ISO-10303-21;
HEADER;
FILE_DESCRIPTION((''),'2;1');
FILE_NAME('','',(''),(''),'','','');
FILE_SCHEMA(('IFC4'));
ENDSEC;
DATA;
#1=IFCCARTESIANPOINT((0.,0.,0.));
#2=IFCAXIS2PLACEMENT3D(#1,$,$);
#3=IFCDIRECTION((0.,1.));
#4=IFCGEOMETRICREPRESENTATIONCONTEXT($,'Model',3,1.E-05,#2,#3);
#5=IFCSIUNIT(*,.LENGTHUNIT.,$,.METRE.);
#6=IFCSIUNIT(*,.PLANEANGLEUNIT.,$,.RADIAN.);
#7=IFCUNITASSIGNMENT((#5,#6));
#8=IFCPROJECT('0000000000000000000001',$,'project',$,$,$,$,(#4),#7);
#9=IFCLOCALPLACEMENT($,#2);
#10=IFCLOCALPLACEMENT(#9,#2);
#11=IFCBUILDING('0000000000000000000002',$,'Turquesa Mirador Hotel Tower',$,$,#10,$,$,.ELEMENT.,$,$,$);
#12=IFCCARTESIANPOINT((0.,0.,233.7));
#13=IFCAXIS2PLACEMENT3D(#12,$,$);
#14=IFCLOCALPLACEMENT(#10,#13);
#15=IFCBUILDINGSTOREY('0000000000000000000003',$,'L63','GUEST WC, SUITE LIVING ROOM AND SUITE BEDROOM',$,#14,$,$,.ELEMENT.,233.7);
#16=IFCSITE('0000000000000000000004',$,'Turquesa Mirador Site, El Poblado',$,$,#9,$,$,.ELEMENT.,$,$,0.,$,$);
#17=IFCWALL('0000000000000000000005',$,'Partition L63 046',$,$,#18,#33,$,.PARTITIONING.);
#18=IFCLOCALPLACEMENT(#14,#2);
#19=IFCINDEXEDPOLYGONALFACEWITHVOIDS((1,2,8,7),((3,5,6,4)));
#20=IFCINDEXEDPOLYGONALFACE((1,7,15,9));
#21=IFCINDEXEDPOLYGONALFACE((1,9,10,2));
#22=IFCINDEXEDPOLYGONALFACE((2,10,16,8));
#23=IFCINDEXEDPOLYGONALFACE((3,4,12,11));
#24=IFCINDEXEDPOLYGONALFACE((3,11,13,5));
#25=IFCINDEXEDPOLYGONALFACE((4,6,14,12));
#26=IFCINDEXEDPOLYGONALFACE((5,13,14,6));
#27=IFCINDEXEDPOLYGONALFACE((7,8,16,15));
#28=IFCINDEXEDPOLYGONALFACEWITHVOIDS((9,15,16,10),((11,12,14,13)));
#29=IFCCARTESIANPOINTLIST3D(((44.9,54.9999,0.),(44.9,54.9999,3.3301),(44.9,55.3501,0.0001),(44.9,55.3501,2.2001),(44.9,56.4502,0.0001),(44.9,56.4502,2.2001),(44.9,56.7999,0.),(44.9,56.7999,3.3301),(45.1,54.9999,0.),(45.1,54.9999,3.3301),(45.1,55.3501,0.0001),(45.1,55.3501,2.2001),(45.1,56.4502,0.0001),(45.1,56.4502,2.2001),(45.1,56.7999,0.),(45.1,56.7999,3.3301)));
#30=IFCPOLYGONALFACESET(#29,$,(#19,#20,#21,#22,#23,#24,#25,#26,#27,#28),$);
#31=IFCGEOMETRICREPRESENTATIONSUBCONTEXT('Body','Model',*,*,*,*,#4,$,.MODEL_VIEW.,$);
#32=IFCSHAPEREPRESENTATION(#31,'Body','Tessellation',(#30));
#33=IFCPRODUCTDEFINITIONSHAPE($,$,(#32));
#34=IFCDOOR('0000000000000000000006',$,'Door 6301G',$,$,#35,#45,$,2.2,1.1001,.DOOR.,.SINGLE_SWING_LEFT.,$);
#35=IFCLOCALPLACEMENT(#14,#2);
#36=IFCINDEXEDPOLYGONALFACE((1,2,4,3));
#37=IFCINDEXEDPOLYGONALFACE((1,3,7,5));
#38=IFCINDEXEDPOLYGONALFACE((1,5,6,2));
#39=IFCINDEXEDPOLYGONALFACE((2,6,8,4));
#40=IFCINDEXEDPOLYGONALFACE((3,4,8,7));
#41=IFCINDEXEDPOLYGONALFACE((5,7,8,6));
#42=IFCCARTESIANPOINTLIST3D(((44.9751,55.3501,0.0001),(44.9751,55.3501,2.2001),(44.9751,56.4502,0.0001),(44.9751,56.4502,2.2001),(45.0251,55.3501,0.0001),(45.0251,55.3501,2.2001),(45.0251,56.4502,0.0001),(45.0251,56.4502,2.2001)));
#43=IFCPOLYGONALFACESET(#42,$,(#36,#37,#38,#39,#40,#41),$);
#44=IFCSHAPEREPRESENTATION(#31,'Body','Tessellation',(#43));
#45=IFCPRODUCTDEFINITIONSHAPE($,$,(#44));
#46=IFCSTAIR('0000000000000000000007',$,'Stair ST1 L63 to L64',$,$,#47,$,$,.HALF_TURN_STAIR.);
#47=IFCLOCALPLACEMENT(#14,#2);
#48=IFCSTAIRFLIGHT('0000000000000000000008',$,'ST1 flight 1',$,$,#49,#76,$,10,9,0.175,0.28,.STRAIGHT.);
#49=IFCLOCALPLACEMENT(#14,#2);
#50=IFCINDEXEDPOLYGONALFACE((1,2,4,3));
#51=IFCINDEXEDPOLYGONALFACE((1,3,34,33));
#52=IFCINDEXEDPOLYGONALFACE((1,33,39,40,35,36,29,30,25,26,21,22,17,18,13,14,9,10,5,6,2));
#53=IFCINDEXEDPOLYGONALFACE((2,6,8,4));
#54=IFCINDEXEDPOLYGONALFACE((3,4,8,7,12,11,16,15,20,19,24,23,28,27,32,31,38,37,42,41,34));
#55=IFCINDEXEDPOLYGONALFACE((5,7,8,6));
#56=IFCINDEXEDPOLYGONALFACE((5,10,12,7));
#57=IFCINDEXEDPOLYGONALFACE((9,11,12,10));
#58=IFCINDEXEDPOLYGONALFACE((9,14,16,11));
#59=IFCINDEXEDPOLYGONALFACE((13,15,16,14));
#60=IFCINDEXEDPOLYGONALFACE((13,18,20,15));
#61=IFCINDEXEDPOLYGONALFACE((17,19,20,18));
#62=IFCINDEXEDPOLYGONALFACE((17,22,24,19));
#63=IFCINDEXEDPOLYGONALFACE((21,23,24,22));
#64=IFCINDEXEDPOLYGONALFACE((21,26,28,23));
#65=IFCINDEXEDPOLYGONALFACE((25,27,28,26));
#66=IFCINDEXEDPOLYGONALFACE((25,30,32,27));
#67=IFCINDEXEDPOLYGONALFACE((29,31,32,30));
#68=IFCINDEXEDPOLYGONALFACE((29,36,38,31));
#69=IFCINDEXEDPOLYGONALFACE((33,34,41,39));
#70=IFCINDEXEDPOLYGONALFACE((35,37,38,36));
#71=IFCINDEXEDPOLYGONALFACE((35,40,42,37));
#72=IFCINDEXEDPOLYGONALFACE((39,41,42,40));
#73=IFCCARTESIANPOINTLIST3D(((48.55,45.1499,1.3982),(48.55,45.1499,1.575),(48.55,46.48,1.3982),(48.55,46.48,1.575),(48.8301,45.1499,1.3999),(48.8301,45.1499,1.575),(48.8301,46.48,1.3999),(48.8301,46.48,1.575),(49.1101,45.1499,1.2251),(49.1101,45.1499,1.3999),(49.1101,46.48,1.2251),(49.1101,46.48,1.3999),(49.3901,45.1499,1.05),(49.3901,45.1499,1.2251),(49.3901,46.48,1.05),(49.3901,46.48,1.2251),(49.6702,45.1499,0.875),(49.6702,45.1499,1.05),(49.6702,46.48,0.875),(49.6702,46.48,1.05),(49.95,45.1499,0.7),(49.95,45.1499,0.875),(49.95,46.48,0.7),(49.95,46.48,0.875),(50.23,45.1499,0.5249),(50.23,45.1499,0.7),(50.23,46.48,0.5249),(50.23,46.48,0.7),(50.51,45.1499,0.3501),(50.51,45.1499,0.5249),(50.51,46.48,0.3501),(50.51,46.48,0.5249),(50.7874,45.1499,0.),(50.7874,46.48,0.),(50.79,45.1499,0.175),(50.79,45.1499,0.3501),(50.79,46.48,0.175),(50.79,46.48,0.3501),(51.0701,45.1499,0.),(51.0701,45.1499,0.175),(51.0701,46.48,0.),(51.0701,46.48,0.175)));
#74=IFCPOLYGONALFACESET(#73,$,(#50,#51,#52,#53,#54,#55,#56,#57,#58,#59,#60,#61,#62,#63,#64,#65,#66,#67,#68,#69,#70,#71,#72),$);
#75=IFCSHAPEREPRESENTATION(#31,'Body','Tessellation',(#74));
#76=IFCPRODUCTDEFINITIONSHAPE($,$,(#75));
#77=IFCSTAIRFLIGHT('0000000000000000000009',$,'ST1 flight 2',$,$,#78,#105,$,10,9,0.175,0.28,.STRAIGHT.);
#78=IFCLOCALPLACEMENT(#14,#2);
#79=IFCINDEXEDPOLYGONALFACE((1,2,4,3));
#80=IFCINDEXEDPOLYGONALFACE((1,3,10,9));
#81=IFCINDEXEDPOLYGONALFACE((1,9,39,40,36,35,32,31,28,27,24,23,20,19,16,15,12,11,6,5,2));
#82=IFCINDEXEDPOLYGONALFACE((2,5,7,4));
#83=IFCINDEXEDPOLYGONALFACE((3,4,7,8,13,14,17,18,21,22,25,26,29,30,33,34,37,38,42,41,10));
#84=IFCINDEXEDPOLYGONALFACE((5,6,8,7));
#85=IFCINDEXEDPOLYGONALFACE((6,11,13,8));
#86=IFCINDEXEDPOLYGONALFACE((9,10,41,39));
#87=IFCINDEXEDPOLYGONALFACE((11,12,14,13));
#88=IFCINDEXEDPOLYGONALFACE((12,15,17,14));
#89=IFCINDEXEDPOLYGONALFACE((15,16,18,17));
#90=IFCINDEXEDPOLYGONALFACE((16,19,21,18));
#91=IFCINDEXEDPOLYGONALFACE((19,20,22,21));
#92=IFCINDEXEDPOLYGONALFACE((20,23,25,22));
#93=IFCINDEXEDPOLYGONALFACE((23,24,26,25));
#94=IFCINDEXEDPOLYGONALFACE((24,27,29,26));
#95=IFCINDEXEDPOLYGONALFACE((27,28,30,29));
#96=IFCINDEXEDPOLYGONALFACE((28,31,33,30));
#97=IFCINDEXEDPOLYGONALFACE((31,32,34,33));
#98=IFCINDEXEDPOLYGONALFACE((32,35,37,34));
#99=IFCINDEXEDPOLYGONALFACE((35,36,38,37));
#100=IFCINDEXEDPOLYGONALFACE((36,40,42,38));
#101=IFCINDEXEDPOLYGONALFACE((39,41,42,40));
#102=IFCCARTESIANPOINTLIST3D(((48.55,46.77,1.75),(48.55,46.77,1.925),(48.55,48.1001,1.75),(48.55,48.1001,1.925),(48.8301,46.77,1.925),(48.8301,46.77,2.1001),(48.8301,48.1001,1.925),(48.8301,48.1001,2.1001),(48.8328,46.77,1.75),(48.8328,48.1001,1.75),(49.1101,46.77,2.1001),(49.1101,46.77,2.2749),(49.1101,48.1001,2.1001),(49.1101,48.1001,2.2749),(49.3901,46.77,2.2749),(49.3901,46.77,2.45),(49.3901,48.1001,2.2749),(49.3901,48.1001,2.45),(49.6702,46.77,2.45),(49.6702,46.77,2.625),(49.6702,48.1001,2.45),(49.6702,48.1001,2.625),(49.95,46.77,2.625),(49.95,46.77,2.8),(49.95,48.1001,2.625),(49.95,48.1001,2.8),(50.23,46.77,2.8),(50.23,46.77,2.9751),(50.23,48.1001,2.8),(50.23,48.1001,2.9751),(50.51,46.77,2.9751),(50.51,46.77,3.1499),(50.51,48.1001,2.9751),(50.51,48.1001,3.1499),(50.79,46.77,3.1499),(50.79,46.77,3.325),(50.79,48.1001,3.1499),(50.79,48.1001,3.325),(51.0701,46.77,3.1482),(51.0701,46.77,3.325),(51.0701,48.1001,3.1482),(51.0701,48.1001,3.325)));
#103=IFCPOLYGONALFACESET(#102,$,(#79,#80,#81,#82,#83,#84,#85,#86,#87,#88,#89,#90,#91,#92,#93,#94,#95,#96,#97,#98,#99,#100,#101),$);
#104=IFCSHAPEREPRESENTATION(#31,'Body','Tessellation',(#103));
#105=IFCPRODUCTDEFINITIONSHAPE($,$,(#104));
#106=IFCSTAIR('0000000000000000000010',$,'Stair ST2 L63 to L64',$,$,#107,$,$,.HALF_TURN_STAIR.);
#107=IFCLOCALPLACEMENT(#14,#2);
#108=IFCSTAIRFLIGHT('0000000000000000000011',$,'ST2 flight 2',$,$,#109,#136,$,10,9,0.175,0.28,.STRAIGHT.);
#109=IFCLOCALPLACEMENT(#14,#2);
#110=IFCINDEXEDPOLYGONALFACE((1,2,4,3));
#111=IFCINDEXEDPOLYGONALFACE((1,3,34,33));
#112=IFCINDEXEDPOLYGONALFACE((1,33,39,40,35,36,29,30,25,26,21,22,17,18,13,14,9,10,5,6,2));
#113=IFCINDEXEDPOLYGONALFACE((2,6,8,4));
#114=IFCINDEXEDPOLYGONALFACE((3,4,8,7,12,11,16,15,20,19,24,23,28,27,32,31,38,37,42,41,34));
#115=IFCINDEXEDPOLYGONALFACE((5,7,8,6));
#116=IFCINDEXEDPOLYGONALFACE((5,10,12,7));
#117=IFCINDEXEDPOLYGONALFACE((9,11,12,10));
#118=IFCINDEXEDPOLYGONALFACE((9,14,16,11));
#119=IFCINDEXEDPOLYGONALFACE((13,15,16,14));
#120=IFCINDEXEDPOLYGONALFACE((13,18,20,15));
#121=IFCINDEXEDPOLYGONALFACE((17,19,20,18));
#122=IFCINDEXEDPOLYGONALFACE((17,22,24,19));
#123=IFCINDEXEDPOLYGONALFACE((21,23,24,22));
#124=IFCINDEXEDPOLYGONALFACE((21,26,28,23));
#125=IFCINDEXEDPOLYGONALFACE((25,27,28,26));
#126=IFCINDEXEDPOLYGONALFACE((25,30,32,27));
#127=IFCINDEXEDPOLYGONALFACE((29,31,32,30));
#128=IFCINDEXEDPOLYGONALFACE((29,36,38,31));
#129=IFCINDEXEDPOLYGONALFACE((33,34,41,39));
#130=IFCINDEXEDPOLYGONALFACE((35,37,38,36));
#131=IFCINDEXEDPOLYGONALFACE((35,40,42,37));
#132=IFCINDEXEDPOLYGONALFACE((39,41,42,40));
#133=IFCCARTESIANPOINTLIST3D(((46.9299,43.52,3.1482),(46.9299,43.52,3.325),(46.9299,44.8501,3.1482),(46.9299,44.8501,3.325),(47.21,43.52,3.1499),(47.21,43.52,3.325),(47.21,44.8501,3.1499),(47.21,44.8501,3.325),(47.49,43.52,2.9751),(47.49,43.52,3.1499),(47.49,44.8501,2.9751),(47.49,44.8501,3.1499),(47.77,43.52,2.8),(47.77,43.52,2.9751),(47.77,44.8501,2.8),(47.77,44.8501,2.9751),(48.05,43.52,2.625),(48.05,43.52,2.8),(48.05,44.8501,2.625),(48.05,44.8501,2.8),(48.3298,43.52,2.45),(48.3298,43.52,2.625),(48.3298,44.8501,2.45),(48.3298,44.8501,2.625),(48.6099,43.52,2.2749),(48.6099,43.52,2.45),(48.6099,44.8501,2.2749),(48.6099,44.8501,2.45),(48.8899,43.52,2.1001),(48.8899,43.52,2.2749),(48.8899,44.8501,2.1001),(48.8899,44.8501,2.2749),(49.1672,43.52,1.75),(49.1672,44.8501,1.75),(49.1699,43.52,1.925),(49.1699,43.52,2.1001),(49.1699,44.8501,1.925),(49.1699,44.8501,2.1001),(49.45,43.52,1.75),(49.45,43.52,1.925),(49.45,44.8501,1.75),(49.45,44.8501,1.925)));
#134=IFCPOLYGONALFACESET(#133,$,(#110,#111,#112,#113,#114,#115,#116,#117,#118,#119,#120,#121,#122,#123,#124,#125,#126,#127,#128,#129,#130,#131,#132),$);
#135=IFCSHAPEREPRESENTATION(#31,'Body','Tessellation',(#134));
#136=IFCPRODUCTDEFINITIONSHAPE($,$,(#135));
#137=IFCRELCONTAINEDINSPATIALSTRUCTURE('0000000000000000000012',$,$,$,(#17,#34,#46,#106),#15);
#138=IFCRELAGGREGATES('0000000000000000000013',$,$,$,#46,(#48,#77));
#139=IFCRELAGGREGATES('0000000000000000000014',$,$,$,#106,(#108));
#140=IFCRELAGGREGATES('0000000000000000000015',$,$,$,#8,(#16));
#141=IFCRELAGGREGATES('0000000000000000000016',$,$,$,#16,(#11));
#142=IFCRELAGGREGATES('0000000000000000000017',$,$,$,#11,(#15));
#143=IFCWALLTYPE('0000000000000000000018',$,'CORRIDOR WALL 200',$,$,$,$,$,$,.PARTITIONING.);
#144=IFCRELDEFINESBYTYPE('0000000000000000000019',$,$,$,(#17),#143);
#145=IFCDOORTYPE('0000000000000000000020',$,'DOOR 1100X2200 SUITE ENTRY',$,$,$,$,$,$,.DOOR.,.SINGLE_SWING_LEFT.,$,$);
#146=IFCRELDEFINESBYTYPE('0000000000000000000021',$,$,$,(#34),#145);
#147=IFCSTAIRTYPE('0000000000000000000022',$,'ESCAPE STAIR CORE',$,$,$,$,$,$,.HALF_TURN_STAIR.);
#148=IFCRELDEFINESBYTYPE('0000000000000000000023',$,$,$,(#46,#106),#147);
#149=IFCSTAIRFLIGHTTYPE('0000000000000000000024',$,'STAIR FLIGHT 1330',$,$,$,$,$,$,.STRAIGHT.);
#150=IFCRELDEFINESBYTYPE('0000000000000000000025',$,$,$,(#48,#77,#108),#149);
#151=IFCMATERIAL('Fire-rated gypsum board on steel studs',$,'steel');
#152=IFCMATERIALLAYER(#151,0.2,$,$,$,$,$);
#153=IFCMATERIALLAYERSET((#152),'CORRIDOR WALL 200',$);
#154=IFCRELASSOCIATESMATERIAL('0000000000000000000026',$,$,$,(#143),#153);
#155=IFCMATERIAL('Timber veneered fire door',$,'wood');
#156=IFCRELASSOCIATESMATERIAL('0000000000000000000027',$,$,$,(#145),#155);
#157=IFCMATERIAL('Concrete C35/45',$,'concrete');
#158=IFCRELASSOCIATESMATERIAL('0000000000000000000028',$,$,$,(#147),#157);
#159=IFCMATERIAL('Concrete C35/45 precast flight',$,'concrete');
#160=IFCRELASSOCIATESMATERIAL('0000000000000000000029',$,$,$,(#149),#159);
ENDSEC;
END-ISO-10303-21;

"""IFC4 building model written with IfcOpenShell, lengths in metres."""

from ifc_helpers import new_model, si_unit, direction, frame, frame_2d, origin, place, context, subcontext, project, spatial, polyline, rectangle, outline, extrude, material, layer, layer_set, type_object, element, fill, aggregate, save


model = new_model("IFC4")

# Units and contexts
model_context = context("Model", 3, precision=1e-05, world=origin(), true_north=direction((0.0, 1.0)))
body_context = subcontext(model_context, "Body", "Model", "MODEL_VIEW")
ifc_project = project(units=[si_unit("LENGTHUNIT", "METRE"), si_unit("PLANEANGLEUNIT", "RADIAN")], contexts=[model_context])

# Site, building, storey
site_placement = place(None, origin())
site = spatial("IfcSite", under=ifc_project, at=site_placement, Name="Turquesa Mirador Site, El Poblado", CompositionType="ELEMENT", RefElevation=0.0)
building_placement = place(site_placement, origin())
building = spatial("IfcBuilding", under=site, at=building_placement, Name="Turquesa Mirador Hotel Tower", CompositionType="ELEMENT")
storey_placement = place(building_placement, frame((0.0, 0.0, 233.7)))
storey = spatial("IfcBuildingStorey", under=building, at=storey_placement, Name="L63", Description="GUEST WC, SUITE LIVING ROOM AND SUITE BEDROOM", CompositionType="ELEMENT", Elevation=233.7)

# Wall, opening, door
ifc_material_1 = material(Name="Fire-rated gypsum board on steel studs", Category="steel")
ifc_layer_1 = layer(ifc_material_1, 0.2)
ifc_layer_set_1 = layer_set([ifc_layer_1], Name="CORRIDOR WALL 200")
wall_type_1 = type_object("IfcWallType", Name="CORRIDOR WALL 200", PredefinedType="PARTITIONING", material=ifc_layer_set_1)
wall_1_placement = place(storey_placement, frame((45.0, 55.0, 0.0), z_axis=(0.0, 0.0, 1.0), x_axis=(0.0, 1.0, 0.0)))
wall_1 = element("IfcWall", 1, at=wall_1_placement, inside=storey, type_object=wall_type_1, Name="Partition L63 046", PredefinedType="PARTITIONING", context=body_context, shape_type="SweptSolid", body=[
    extrude(rectangle(XDim=1.8, YDim=0.2, at=frame_2d((0.8999, 0.0))), origin(), (0.0, 0.0, 1.0), 3.3301),
])
opening_1_placement = place(wall_1_placement, frame((0.3501, 0.0, 0.0)))
opening_1 = element("IfcOpeningElement", 2, at=opening_1_placement, cuts=wall_1, PredefinedType="OPENING", context=body_context, shape_type="SweptSolid", body=[
    extrude(rectangle(XDim=1.1001, YDim=2.2, at=frame_2d((0.55, 1.1001))), frame((0.0, 0.1099, 0.0), z_axis=(0.0, -1.0, 0.0), x_axis=(1.0, 0.0, 0.0)), (0.0, 0.0, 1.0), 0.22),
])
ifc_material_2 = material(Name="Timber veneered fire door", Category="wood")
door_type_1 = type_object("IfcDoorType", Name="DOOR 1100X2200 SUITE ENTRY", OperationType="SINGLE_SWING_LEFT", PredefinedType="DOOR", material=ifc_material_2)
door_1_placement = place(opening_1_placement, origin())
door_1 = element("IfcDoor", 3, at=door_1_placement, inside=storey, type_object=door_type_1, Name="Door 6301G", OperationType="SINGLE_SWING_LEFT", OverallHeight=2.2, OverallWidth=1.1001, PredefinedType="DOOR", context=body_context, shape_type="SweptSolid", body=[
    extrude(rectangle(XDim=1.1001, YDim=2.2, at=frame_2d((0.55, 1.1001))), frame((0.0, 0.0249, 0.0), z_axis=(0.0, -1.0, 0.0), x_axis=(1.0, 0.0, 0.0)), (0.0, 0.0, 1.0), 0.05),
])
fill(opening_1, door_1)

# Stair, stair flights
ifc_material_3 = material(Name="Concrete C35/45", Category="concrete")
stair_type = type_object("IfcStairType", Name="ESCAPE STAIR CORE", PredefinedType="HALF_TURN_STAIR", material=ifc_material_3)
stair_1_placement = place(storey_placement, origin())
stair_1 = element("IfcStair", 4, at=stair_1_placement, inside=storey, type_object=stair_type, Name="Stair ST1 L63 to L64", PredefinedType="HALF_TURN_STAIR")
ifc_material_4 = material(Name="Concrete C35/45 precast flight", Category="concrete")
stair_flight_type = type_object("IfcStairFlightType", Name="STAIR FLIGHT 1330", PredefinedType="STRAIGHT", material=ifc_material_4)
stair_flight_1_placement = place(storey_placement, frame((51.0701, 45.8149, 0.0), z_axis=(0.0, 0.0, 1.0), x_axis=(-1.0, 0.0, 0.0)))
stair_flight_1 = element("IfcStairFlight", 5, at=stair_flight_1_placement, type_object=stair_flight_type, Name="ST1 flight 1", NumberOfRisers=10, NumberOfTreads=9, PredefinedType="STRAIGHT", RiserHeight=0.175, TreadLength=0.28, context=body_context, shape_type="SweptSolid", body=[
    extrude(outline(polyline([(0.0, 0.0), (0.0, 0.175), (0.28, 0.175), (0.28, 0.3501), (0.5601, 0.3501), (0.5601, 0.5249), (0.8401, 0.5249), (0.8401, 0.7), (1.1201, 0.7), (1.1201, 0.875), (1.3999, 0.875), (1.3999, 1.05), (1.6799, 1.05), (1.6799, 1.2251), (1.96, 1.2251), (1.96, 1.3999), (2.24, 1.3999), (2.24, 1.575), (2.52, 1.575), (2.52, 1.75), (2.52, 1.3982), (0.2827, 0.0), (0.0, 0.0)])), frame((0.0, 0.665, 0.0), z_axis=(0.0, -1.0, 0.0), x_axis=(1.0, 0.0, 0.0)), (0.0, 0.0, 1.0), 1.3301),
])
stair_flight_2_placement = place(storey_placement, frame((48.55, 47.4351, 1.75), z_axis=(0.0, 0.0, 1.0), x_axis=(1.0, 0.0, 0.0)))
stair_flight_2 = element("IfcStairFlight", 6, at=stair_flight_2_placement, type_object=stair_flight_type, Name="ST1 flight 2", NumberOfRisers=10, NumberOfTreads=9, PredefinedType="STRAIGHT", RiserHeight=0.175, TreadLength=0.28, context=body_context, shape_type="SweptSolid", body=[
    extrude(outline(polyline([(0.0, 0.0), (0.0, 0.175), (0.28, 0.175), (0.28, 0.3501), (0.5601, 0.3501), (0.5601, 0.5249), (0.8401, 0.5249), (0.8401, 0.7), (1.1201, 0.7), (1.1201, 0.875), (1.3999, 0.875), (1.3999, 1.05), (1.6799, 1.05), (1.6799, 1.2251), (1.96, 1.2251), (1.96, 1.3999), (2.24, 1.3999), (2.24, 1.575), (2.52, 1.575), (2.52, 1.75), (2.52, 1.3982), (0.2827, 0.0), (0.0, 0.0)])), frame((0.0, 0.665, 0.0), z_axis=(0.0, -1.0, 0.0), x_axis=(1.0, 0.0, 0.0)), (0.0, 0.0, 1.0), 1.3301),
])
aggregate(stair_1, [stair_flight_1, stair_flight_2])

# Stair, stair flight
stair_2_placement = place(storey_placement, origin())
stair_2 = element("IfcStair", 7, at=stair_2_placement, inside=storey, type_object=stair_type, Name="Stair ST2 L63 to L64", PredefinedType="HALF_TURN_STAIR")
stair_flight_3_placement = place(storey_placement, frame((49.45, 44.1851, 1.75), z_axis=(0.0, 0.0, 1.0), x_axis=(-1.0, 0.0, 0.0)))
stair_flight_3 = element("IfcStairFlight", 8, at=stair_flight_3_placement, type_object=stair_flight_type, Name="ST2 flight 2", NumberOfRisers=10, NumberOfTreads=9, PredefinedType="STRAIGHT", RiserHeight=0.175, TreadLength=0.28, context=body_context, shape_type="SweptSolid", body=[
    extrude(outline(polyline([(0.0, 0.0), (0.0, 0.175), (0.28, 0.175), (0.28, 0.3501), (0.5601, 0.3501), (0.5601, 0.5249), (0.8401, 0.5249), (0.8401, 0.7), (1.1201, 0.7), (1.1201, 0.875), (1.3999, 0.875), (1.3999, 1.05), (1.6799, 1.05), (1.6799, 1.2251), (1.96, 1.2251), (1.96, 1.3999), (2.24, 1.3999), (2.24, 1.575), (2.52, 1.575), (2.52, 1.75), (2.52, 1.3982), (0.2827, 0.0), (0.0, 0.0)])), frame((0.0, 0.665, 0.0), z_axis=(0.0, -1.0, 0.0), x_axis=(1.0, 0.0, 0.0)), (0.0, 0.0, 1.0), 1.3301),
])
aggregate(stair_2, [stair_flight_3])

save(model, "model.ifc")
